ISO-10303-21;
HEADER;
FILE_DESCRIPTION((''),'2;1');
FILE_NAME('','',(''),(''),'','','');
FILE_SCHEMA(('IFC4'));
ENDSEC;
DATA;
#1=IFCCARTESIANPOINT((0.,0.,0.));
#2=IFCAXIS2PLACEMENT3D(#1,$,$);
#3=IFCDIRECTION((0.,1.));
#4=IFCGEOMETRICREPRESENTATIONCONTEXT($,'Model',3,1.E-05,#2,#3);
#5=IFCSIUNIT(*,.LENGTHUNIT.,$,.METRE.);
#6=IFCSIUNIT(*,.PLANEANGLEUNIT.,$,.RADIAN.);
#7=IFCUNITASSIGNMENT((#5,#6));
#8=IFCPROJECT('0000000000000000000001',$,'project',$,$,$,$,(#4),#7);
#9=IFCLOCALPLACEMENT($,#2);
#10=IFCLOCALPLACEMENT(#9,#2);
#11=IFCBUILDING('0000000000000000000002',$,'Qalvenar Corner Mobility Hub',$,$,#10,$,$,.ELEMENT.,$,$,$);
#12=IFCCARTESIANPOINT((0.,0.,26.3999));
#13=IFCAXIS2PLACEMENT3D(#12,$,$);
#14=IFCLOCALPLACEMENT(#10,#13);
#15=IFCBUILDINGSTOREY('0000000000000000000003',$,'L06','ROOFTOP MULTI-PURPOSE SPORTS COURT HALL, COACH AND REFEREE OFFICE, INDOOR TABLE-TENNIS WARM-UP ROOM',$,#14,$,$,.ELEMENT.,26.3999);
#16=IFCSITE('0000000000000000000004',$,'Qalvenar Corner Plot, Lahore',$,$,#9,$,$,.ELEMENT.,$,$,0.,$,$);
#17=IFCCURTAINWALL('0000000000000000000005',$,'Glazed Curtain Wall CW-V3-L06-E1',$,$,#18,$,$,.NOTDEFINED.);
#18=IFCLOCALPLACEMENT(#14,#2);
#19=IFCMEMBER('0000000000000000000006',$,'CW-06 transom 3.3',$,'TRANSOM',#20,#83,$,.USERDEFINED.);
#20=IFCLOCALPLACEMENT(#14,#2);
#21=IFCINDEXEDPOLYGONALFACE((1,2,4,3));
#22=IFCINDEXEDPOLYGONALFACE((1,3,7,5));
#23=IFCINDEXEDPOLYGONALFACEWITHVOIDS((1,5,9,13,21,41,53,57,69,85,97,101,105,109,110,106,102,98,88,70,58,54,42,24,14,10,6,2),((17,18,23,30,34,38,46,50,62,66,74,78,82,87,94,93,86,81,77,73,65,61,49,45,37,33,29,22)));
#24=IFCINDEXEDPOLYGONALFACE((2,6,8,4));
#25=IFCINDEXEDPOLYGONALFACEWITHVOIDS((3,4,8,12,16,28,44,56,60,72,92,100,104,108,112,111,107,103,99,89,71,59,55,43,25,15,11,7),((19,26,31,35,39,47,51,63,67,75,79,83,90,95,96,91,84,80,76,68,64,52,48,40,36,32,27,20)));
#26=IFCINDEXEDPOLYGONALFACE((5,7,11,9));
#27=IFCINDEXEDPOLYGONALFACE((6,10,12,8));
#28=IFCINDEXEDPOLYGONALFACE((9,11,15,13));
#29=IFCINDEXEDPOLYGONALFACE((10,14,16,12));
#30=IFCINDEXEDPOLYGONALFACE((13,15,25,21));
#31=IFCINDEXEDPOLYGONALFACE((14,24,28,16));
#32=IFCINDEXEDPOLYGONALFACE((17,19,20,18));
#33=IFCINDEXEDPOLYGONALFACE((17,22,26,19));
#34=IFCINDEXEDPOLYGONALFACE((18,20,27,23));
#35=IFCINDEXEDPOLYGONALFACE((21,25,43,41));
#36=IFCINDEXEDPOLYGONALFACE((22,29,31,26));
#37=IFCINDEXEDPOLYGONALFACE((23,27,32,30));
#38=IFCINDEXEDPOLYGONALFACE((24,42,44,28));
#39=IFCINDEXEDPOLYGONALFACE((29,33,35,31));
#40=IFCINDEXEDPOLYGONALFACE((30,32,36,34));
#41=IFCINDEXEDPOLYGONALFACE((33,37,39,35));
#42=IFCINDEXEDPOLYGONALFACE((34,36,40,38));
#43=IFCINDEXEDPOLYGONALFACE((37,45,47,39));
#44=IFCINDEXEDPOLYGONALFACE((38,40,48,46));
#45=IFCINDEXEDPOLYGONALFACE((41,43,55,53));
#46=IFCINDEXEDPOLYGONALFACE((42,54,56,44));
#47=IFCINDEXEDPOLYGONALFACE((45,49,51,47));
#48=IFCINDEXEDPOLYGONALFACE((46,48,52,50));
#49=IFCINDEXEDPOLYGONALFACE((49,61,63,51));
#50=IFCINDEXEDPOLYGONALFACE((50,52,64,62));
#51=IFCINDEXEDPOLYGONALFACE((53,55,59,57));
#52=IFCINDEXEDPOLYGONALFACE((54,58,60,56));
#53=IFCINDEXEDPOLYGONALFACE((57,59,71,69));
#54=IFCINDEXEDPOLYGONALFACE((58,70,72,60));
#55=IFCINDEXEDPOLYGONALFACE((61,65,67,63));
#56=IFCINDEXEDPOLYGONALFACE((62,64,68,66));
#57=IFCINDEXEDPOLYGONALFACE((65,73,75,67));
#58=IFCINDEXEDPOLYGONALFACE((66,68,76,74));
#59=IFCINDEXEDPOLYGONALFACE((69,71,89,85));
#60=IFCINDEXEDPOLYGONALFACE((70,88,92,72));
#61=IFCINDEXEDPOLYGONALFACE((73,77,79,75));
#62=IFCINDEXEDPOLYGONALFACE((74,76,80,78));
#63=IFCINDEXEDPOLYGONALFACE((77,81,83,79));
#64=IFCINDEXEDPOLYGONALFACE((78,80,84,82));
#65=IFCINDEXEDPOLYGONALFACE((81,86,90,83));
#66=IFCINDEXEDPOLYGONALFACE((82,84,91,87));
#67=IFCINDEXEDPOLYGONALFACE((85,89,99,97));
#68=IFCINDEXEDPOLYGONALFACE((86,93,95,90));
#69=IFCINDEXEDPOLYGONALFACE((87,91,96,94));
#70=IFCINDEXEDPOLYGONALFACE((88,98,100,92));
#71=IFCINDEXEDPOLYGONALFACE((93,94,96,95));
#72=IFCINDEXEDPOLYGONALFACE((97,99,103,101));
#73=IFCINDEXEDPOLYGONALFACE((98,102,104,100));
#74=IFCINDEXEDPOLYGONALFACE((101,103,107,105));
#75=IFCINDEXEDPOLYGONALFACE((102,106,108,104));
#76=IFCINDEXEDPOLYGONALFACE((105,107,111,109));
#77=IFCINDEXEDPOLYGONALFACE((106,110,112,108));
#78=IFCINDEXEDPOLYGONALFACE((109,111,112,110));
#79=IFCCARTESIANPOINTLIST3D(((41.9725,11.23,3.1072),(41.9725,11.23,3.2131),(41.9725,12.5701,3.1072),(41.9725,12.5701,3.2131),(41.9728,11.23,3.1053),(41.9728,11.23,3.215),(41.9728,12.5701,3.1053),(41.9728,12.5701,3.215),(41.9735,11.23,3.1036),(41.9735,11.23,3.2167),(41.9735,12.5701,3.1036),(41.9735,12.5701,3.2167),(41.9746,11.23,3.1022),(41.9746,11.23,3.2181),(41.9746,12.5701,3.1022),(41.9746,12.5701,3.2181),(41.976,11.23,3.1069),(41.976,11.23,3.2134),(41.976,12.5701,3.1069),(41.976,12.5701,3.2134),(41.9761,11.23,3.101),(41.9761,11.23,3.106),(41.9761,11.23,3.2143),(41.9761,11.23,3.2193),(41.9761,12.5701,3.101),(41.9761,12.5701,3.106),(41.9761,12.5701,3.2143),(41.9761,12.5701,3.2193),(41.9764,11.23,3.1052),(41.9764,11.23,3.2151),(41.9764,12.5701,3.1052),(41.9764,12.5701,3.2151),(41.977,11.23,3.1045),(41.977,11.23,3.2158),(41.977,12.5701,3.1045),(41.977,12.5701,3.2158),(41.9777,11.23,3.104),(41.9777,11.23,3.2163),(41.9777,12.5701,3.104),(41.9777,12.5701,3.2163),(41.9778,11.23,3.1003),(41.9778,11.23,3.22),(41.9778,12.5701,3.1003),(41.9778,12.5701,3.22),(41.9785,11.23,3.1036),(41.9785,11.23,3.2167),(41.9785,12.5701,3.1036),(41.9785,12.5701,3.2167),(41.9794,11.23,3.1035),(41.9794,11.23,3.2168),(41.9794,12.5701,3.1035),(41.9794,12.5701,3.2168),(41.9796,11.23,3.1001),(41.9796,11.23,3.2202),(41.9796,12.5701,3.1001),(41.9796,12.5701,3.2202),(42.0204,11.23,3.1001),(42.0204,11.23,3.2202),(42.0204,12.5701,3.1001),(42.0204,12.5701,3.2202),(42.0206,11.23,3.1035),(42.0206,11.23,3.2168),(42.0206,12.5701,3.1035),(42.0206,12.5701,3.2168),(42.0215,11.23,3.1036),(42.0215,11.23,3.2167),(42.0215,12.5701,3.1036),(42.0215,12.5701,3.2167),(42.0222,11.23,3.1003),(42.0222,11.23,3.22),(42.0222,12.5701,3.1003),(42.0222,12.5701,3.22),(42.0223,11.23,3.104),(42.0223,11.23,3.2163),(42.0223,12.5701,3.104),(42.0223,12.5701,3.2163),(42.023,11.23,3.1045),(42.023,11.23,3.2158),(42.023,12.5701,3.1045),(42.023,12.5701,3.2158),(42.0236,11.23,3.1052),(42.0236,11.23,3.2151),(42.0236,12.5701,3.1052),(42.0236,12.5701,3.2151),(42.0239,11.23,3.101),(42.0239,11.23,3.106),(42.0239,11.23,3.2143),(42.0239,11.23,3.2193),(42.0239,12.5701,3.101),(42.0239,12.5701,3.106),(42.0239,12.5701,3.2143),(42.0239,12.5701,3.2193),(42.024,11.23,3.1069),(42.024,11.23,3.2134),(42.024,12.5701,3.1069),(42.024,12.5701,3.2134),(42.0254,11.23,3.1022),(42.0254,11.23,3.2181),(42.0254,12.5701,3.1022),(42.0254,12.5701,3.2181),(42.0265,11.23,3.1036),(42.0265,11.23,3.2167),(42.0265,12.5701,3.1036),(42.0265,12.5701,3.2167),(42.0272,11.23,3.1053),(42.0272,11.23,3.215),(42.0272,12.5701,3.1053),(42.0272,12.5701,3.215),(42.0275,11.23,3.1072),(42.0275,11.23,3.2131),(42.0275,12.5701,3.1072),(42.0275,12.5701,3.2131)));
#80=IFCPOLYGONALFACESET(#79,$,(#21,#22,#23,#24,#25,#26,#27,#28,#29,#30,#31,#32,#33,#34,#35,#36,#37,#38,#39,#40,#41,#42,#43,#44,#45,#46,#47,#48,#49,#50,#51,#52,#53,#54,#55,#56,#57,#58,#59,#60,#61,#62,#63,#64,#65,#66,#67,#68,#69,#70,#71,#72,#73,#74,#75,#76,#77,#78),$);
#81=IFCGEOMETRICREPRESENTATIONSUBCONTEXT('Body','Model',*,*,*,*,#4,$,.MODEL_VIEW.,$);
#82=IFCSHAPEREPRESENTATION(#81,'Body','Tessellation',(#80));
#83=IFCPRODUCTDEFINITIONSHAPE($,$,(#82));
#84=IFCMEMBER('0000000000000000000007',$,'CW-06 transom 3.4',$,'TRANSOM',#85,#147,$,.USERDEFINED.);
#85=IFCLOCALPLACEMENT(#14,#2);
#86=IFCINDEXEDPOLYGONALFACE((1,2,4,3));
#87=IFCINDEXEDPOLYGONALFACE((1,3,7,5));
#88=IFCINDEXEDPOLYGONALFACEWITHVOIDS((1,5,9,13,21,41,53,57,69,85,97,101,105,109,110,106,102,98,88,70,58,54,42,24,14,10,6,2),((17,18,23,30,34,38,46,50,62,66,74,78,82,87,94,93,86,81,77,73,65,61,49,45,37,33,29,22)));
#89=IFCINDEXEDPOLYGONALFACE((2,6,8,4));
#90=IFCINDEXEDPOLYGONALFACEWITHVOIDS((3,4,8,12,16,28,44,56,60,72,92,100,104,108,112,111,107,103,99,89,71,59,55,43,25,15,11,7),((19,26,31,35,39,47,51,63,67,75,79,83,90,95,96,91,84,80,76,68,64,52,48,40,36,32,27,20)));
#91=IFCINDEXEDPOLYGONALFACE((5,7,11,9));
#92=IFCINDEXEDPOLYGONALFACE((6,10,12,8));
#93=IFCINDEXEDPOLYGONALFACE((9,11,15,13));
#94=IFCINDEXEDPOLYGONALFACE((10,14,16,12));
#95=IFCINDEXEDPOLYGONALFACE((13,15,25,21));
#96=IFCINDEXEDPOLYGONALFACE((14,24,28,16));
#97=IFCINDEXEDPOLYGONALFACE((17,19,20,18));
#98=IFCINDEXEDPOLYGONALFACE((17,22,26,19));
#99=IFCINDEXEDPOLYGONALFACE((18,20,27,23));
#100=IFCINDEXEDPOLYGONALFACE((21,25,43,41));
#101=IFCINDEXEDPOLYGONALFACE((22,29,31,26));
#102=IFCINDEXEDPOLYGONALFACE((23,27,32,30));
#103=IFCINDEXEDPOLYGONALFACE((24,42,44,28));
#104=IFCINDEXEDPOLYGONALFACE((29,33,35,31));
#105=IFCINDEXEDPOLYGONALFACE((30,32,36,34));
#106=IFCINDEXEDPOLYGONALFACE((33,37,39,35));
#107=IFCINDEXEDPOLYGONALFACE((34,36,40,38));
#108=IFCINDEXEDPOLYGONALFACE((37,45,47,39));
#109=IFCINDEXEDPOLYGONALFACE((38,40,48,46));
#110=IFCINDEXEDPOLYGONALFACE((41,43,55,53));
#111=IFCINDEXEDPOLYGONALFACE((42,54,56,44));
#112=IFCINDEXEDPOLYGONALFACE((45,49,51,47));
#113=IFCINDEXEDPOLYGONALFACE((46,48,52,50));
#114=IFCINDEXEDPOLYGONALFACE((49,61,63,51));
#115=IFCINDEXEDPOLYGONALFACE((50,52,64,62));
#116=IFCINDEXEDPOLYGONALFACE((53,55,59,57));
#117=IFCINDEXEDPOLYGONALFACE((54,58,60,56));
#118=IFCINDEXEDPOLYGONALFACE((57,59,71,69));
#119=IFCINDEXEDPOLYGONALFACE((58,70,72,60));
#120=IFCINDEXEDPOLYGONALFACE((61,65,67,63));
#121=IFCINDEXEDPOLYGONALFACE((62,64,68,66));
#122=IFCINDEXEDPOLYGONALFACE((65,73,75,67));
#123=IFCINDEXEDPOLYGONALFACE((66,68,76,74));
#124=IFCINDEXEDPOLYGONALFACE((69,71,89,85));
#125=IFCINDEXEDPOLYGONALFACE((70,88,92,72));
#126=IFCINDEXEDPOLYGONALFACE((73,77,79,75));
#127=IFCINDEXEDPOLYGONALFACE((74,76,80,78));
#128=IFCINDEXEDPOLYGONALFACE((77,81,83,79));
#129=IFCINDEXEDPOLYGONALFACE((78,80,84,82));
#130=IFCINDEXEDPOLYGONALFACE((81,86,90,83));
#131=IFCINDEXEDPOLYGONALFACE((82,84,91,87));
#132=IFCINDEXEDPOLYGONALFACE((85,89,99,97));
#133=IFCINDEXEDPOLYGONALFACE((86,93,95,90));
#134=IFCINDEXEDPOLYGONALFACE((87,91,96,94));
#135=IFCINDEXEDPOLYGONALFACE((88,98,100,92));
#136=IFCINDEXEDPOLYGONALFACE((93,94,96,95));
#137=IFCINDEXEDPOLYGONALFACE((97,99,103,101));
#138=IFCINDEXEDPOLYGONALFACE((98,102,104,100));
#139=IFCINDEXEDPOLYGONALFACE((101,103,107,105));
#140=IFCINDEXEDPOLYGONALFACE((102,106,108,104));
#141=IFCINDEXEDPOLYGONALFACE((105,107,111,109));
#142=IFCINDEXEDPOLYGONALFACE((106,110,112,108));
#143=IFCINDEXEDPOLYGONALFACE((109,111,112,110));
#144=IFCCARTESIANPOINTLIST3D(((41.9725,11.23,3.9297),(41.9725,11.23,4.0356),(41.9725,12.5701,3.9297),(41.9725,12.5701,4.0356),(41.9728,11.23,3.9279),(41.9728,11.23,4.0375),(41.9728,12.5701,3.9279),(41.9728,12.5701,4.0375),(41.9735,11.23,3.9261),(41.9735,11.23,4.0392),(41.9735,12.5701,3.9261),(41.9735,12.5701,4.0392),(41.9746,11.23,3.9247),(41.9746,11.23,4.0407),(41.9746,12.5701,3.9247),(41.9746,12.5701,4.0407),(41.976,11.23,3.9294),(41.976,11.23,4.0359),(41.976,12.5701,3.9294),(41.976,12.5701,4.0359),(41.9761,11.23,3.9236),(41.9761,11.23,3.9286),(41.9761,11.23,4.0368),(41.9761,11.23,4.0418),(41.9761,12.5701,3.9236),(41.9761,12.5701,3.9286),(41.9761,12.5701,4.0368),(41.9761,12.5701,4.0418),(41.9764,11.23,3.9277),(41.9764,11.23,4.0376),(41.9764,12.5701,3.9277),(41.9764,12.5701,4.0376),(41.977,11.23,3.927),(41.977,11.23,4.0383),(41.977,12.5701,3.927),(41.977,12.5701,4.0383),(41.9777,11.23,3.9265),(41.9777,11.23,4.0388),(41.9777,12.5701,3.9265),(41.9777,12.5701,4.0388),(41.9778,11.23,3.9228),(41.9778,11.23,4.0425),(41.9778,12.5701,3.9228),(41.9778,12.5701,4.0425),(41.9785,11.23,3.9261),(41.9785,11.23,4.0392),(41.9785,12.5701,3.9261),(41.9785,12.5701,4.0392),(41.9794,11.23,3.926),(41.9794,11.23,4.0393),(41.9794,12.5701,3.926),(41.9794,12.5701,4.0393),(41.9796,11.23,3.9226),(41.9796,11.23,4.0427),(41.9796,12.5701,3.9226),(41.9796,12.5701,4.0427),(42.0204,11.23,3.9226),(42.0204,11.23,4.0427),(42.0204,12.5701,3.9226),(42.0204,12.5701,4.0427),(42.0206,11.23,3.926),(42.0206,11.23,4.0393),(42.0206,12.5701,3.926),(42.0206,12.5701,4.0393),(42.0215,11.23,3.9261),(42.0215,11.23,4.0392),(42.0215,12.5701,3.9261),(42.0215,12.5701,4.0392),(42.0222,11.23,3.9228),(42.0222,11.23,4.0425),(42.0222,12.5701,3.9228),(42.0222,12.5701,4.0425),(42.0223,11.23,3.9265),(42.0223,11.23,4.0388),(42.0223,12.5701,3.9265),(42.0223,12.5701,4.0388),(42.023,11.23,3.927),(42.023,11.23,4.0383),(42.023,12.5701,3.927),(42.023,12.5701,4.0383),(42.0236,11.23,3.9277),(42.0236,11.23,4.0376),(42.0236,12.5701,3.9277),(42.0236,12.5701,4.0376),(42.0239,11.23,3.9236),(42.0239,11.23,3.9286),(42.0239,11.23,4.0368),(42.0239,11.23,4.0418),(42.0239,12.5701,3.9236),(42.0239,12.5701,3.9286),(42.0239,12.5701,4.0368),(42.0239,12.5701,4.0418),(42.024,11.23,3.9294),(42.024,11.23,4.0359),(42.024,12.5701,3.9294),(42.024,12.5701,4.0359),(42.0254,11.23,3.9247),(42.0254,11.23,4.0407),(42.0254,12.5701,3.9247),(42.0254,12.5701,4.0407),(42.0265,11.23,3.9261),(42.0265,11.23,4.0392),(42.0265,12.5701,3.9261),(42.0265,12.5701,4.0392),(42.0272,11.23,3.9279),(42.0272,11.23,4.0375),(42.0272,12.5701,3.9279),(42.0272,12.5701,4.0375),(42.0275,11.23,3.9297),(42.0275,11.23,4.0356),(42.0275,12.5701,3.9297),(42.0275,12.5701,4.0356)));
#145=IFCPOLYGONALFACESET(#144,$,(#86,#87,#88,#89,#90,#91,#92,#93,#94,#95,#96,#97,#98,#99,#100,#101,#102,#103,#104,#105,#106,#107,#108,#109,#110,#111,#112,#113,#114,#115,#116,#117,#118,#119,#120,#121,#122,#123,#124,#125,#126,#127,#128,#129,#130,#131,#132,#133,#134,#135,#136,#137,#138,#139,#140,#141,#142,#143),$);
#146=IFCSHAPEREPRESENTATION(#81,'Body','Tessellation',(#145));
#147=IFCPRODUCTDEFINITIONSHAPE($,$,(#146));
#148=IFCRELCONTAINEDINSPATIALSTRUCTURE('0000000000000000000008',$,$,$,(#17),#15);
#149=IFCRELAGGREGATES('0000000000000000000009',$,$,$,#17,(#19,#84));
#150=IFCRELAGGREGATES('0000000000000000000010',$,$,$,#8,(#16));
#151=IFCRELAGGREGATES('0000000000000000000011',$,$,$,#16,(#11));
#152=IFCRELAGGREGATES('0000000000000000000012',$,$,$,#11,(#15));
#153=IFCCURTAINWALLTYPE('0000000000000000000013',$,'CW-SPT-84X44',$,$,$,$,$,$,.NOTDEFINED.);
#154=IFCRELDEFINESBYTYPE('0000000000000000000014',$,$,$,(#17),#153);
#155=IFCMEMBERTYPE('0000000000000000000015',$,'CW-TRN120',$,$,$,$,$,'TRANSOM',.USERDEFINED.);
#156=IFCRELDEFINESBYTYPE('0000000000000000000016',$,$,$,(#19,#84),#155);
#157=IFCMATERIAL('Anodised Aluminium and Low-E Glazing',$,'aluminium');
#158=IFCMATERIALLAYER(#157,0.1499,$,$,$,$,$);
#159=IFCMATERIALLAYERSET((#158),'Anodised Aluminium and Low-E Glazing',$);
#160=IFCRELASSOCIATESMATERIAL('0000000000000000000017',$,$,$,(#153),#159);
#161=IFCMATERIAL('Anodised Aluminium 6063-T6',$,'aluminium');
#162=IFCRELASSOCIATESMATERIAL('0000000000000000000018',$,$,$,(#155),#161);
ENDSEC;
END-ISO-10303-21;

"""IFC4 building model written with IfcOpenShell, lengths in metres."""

from ifc_helpers import new_model, si_unit, direction, frame, origin, origin_2d, place, context, subcontext, project, spatial, hollow_rectangle, extrude, material, layer, layer_set, material_profile, profile_set, type_object, element, aggregate, save


model = new_model("IFC4")

# Units and contexts
model_context = context("Model", 3, precision=1e-05, world=origin(), true_north=direction((0.0, 1.0)))
body_context = subcontext(model_context, "Body", "Model", "MODEL_VIEW")
ifc_project = project(units=[si_unit("LENGTHUNIT", "METRE"), si_unit("PLANEANGLEUNIT", "RADIAN")], contexts=[model_context])

# Site, building, storey
site_placement = place(None, origin())
site = spatial("IfcSite", under=ifc_project, at=site_placement, Name="Qalvenar Corner Plot, Lahore", CompositionType="ELEMENT", RefElevation=0.0)
building_placement = place(site_placement, origin())
building = spatial("IfcBuilding", under=site, at=building_placement, Name="Qalvenar Corner Mobility Hub", CompositionType="ELEMENT")
storey_placement = place(building_placement, frame((0.0, 0.0, 26.3999)))
storey = spatial("IfcBuildingStorey", under=building, at=storey_placement, Name="L06", Description="ROOFTOP MULTI-PURPOSE SPORTS COURT HALL, COACH AND REFEREE OFFICE, INDOOR TABLE-TENNIS WARM-UP ROOM", CompositionType="ELEMENT", Elevation=26.3999)

# Curtain wall, members
ifc_material_1 = material(Name="Anodised Aluminium and Low-E Glazing", Category="aluminium")
ifc_layer_1 = layer(ifc_material_1, 0.1499)
ifc_layer_set_1 = layer_set([ifc_layer_1], Name="Anodised Aluminium and Low-E Glazing")
curtain_wall_type = type_object("IfcCurtainWallType", Name="CW-SPT-84X44", PredefinedType="NOTDEFINED", material=ifc_layer_set_1)
curtain_wall_placement = place(storey_placement, origin())
curtain_wall = element("IfcCurtainWall", 1, at=curtain_wall_placement, inside=storey, type_object=curtain_wall_type, Name="Glazed Curtain Wall CW-V3-L06-E1", PredefinedType="NOTDEFINED")
ifc_material_2 = material(Name="Anodised Aluminium 6063-T6", Category="aluminium")
ifc_material_profile_1 = material_profile(ifc_material_2, hollow_rectangle(XDim=0.0549, YDim=0.1201, WallThickness=0.0034, InnerFilletRadius=0.0034, OuterFilletRadius=0.0071, at=origin_2d()), Name="RHS120x55x3.5")
ifc_profile_set_1 = profile_set([ifc_material_profile_1], Name="Anodised Aluminium 6063-T6")
member_type_1 = type_object("IfcMemberType", Name="CW-TRN120", ElementType="TRANSOM", PredefinedType="USERDEFINED", material=ifc_profile_set_1)
member_1_placement = place(storey_placement, frame((42.0, 11.23, 3.1602), z_axis=(0.0, 1.0, 0.0), x_axis=(-1.0, 0.0, 0.0)))
member_1 = element("IfcMember", 2, at=member_1_placement, type_object=member_type_1, Name="CW-06 transom 3.3", ObjectType="TRANSOM", PredefinedType="USERDEFINED", context=body_context, shape_type="SweptSolid", body=[
    extrude(hollow_rectangle(XDim=0.0549, YDim=0.1201, WallThickness=0.0034, InnerFilletRadius=0.0034, OuterFilletRadius=0.0071, at=origin_2d()), origin(), (0.0, 0.0, 1.0), 1.3401),
])
member_2_placement = place(storey_placement, frame((42.0, 11.23, 3.9827), z_axis=(0.0, 1.0, 0.0), x_axis=(-1.0, 0.0, 0.0)))
member_2 = element("IfcMember", 3, at=member_2_placement, type_object=member_type_1, Name="CW-06 transom 3.4", ObjectType="TRANSOM", PredefinedType="USERDEFINED", context=body_context, shape_type="SweptSolid", body=[
    extrude(hollow_rectangle(XDim=0.0549, YDim=0.1201, WallThickness=0.0034, InnerFilletRadius=0.0034, OuterFilletRadius=0.0071, at=origin_2d()), origin(), (0.0, 0.0, 1.0), 1.3401),
])
aggregate(curtain_wall, [member_1, member_2])

save(model, "model.ifc")
